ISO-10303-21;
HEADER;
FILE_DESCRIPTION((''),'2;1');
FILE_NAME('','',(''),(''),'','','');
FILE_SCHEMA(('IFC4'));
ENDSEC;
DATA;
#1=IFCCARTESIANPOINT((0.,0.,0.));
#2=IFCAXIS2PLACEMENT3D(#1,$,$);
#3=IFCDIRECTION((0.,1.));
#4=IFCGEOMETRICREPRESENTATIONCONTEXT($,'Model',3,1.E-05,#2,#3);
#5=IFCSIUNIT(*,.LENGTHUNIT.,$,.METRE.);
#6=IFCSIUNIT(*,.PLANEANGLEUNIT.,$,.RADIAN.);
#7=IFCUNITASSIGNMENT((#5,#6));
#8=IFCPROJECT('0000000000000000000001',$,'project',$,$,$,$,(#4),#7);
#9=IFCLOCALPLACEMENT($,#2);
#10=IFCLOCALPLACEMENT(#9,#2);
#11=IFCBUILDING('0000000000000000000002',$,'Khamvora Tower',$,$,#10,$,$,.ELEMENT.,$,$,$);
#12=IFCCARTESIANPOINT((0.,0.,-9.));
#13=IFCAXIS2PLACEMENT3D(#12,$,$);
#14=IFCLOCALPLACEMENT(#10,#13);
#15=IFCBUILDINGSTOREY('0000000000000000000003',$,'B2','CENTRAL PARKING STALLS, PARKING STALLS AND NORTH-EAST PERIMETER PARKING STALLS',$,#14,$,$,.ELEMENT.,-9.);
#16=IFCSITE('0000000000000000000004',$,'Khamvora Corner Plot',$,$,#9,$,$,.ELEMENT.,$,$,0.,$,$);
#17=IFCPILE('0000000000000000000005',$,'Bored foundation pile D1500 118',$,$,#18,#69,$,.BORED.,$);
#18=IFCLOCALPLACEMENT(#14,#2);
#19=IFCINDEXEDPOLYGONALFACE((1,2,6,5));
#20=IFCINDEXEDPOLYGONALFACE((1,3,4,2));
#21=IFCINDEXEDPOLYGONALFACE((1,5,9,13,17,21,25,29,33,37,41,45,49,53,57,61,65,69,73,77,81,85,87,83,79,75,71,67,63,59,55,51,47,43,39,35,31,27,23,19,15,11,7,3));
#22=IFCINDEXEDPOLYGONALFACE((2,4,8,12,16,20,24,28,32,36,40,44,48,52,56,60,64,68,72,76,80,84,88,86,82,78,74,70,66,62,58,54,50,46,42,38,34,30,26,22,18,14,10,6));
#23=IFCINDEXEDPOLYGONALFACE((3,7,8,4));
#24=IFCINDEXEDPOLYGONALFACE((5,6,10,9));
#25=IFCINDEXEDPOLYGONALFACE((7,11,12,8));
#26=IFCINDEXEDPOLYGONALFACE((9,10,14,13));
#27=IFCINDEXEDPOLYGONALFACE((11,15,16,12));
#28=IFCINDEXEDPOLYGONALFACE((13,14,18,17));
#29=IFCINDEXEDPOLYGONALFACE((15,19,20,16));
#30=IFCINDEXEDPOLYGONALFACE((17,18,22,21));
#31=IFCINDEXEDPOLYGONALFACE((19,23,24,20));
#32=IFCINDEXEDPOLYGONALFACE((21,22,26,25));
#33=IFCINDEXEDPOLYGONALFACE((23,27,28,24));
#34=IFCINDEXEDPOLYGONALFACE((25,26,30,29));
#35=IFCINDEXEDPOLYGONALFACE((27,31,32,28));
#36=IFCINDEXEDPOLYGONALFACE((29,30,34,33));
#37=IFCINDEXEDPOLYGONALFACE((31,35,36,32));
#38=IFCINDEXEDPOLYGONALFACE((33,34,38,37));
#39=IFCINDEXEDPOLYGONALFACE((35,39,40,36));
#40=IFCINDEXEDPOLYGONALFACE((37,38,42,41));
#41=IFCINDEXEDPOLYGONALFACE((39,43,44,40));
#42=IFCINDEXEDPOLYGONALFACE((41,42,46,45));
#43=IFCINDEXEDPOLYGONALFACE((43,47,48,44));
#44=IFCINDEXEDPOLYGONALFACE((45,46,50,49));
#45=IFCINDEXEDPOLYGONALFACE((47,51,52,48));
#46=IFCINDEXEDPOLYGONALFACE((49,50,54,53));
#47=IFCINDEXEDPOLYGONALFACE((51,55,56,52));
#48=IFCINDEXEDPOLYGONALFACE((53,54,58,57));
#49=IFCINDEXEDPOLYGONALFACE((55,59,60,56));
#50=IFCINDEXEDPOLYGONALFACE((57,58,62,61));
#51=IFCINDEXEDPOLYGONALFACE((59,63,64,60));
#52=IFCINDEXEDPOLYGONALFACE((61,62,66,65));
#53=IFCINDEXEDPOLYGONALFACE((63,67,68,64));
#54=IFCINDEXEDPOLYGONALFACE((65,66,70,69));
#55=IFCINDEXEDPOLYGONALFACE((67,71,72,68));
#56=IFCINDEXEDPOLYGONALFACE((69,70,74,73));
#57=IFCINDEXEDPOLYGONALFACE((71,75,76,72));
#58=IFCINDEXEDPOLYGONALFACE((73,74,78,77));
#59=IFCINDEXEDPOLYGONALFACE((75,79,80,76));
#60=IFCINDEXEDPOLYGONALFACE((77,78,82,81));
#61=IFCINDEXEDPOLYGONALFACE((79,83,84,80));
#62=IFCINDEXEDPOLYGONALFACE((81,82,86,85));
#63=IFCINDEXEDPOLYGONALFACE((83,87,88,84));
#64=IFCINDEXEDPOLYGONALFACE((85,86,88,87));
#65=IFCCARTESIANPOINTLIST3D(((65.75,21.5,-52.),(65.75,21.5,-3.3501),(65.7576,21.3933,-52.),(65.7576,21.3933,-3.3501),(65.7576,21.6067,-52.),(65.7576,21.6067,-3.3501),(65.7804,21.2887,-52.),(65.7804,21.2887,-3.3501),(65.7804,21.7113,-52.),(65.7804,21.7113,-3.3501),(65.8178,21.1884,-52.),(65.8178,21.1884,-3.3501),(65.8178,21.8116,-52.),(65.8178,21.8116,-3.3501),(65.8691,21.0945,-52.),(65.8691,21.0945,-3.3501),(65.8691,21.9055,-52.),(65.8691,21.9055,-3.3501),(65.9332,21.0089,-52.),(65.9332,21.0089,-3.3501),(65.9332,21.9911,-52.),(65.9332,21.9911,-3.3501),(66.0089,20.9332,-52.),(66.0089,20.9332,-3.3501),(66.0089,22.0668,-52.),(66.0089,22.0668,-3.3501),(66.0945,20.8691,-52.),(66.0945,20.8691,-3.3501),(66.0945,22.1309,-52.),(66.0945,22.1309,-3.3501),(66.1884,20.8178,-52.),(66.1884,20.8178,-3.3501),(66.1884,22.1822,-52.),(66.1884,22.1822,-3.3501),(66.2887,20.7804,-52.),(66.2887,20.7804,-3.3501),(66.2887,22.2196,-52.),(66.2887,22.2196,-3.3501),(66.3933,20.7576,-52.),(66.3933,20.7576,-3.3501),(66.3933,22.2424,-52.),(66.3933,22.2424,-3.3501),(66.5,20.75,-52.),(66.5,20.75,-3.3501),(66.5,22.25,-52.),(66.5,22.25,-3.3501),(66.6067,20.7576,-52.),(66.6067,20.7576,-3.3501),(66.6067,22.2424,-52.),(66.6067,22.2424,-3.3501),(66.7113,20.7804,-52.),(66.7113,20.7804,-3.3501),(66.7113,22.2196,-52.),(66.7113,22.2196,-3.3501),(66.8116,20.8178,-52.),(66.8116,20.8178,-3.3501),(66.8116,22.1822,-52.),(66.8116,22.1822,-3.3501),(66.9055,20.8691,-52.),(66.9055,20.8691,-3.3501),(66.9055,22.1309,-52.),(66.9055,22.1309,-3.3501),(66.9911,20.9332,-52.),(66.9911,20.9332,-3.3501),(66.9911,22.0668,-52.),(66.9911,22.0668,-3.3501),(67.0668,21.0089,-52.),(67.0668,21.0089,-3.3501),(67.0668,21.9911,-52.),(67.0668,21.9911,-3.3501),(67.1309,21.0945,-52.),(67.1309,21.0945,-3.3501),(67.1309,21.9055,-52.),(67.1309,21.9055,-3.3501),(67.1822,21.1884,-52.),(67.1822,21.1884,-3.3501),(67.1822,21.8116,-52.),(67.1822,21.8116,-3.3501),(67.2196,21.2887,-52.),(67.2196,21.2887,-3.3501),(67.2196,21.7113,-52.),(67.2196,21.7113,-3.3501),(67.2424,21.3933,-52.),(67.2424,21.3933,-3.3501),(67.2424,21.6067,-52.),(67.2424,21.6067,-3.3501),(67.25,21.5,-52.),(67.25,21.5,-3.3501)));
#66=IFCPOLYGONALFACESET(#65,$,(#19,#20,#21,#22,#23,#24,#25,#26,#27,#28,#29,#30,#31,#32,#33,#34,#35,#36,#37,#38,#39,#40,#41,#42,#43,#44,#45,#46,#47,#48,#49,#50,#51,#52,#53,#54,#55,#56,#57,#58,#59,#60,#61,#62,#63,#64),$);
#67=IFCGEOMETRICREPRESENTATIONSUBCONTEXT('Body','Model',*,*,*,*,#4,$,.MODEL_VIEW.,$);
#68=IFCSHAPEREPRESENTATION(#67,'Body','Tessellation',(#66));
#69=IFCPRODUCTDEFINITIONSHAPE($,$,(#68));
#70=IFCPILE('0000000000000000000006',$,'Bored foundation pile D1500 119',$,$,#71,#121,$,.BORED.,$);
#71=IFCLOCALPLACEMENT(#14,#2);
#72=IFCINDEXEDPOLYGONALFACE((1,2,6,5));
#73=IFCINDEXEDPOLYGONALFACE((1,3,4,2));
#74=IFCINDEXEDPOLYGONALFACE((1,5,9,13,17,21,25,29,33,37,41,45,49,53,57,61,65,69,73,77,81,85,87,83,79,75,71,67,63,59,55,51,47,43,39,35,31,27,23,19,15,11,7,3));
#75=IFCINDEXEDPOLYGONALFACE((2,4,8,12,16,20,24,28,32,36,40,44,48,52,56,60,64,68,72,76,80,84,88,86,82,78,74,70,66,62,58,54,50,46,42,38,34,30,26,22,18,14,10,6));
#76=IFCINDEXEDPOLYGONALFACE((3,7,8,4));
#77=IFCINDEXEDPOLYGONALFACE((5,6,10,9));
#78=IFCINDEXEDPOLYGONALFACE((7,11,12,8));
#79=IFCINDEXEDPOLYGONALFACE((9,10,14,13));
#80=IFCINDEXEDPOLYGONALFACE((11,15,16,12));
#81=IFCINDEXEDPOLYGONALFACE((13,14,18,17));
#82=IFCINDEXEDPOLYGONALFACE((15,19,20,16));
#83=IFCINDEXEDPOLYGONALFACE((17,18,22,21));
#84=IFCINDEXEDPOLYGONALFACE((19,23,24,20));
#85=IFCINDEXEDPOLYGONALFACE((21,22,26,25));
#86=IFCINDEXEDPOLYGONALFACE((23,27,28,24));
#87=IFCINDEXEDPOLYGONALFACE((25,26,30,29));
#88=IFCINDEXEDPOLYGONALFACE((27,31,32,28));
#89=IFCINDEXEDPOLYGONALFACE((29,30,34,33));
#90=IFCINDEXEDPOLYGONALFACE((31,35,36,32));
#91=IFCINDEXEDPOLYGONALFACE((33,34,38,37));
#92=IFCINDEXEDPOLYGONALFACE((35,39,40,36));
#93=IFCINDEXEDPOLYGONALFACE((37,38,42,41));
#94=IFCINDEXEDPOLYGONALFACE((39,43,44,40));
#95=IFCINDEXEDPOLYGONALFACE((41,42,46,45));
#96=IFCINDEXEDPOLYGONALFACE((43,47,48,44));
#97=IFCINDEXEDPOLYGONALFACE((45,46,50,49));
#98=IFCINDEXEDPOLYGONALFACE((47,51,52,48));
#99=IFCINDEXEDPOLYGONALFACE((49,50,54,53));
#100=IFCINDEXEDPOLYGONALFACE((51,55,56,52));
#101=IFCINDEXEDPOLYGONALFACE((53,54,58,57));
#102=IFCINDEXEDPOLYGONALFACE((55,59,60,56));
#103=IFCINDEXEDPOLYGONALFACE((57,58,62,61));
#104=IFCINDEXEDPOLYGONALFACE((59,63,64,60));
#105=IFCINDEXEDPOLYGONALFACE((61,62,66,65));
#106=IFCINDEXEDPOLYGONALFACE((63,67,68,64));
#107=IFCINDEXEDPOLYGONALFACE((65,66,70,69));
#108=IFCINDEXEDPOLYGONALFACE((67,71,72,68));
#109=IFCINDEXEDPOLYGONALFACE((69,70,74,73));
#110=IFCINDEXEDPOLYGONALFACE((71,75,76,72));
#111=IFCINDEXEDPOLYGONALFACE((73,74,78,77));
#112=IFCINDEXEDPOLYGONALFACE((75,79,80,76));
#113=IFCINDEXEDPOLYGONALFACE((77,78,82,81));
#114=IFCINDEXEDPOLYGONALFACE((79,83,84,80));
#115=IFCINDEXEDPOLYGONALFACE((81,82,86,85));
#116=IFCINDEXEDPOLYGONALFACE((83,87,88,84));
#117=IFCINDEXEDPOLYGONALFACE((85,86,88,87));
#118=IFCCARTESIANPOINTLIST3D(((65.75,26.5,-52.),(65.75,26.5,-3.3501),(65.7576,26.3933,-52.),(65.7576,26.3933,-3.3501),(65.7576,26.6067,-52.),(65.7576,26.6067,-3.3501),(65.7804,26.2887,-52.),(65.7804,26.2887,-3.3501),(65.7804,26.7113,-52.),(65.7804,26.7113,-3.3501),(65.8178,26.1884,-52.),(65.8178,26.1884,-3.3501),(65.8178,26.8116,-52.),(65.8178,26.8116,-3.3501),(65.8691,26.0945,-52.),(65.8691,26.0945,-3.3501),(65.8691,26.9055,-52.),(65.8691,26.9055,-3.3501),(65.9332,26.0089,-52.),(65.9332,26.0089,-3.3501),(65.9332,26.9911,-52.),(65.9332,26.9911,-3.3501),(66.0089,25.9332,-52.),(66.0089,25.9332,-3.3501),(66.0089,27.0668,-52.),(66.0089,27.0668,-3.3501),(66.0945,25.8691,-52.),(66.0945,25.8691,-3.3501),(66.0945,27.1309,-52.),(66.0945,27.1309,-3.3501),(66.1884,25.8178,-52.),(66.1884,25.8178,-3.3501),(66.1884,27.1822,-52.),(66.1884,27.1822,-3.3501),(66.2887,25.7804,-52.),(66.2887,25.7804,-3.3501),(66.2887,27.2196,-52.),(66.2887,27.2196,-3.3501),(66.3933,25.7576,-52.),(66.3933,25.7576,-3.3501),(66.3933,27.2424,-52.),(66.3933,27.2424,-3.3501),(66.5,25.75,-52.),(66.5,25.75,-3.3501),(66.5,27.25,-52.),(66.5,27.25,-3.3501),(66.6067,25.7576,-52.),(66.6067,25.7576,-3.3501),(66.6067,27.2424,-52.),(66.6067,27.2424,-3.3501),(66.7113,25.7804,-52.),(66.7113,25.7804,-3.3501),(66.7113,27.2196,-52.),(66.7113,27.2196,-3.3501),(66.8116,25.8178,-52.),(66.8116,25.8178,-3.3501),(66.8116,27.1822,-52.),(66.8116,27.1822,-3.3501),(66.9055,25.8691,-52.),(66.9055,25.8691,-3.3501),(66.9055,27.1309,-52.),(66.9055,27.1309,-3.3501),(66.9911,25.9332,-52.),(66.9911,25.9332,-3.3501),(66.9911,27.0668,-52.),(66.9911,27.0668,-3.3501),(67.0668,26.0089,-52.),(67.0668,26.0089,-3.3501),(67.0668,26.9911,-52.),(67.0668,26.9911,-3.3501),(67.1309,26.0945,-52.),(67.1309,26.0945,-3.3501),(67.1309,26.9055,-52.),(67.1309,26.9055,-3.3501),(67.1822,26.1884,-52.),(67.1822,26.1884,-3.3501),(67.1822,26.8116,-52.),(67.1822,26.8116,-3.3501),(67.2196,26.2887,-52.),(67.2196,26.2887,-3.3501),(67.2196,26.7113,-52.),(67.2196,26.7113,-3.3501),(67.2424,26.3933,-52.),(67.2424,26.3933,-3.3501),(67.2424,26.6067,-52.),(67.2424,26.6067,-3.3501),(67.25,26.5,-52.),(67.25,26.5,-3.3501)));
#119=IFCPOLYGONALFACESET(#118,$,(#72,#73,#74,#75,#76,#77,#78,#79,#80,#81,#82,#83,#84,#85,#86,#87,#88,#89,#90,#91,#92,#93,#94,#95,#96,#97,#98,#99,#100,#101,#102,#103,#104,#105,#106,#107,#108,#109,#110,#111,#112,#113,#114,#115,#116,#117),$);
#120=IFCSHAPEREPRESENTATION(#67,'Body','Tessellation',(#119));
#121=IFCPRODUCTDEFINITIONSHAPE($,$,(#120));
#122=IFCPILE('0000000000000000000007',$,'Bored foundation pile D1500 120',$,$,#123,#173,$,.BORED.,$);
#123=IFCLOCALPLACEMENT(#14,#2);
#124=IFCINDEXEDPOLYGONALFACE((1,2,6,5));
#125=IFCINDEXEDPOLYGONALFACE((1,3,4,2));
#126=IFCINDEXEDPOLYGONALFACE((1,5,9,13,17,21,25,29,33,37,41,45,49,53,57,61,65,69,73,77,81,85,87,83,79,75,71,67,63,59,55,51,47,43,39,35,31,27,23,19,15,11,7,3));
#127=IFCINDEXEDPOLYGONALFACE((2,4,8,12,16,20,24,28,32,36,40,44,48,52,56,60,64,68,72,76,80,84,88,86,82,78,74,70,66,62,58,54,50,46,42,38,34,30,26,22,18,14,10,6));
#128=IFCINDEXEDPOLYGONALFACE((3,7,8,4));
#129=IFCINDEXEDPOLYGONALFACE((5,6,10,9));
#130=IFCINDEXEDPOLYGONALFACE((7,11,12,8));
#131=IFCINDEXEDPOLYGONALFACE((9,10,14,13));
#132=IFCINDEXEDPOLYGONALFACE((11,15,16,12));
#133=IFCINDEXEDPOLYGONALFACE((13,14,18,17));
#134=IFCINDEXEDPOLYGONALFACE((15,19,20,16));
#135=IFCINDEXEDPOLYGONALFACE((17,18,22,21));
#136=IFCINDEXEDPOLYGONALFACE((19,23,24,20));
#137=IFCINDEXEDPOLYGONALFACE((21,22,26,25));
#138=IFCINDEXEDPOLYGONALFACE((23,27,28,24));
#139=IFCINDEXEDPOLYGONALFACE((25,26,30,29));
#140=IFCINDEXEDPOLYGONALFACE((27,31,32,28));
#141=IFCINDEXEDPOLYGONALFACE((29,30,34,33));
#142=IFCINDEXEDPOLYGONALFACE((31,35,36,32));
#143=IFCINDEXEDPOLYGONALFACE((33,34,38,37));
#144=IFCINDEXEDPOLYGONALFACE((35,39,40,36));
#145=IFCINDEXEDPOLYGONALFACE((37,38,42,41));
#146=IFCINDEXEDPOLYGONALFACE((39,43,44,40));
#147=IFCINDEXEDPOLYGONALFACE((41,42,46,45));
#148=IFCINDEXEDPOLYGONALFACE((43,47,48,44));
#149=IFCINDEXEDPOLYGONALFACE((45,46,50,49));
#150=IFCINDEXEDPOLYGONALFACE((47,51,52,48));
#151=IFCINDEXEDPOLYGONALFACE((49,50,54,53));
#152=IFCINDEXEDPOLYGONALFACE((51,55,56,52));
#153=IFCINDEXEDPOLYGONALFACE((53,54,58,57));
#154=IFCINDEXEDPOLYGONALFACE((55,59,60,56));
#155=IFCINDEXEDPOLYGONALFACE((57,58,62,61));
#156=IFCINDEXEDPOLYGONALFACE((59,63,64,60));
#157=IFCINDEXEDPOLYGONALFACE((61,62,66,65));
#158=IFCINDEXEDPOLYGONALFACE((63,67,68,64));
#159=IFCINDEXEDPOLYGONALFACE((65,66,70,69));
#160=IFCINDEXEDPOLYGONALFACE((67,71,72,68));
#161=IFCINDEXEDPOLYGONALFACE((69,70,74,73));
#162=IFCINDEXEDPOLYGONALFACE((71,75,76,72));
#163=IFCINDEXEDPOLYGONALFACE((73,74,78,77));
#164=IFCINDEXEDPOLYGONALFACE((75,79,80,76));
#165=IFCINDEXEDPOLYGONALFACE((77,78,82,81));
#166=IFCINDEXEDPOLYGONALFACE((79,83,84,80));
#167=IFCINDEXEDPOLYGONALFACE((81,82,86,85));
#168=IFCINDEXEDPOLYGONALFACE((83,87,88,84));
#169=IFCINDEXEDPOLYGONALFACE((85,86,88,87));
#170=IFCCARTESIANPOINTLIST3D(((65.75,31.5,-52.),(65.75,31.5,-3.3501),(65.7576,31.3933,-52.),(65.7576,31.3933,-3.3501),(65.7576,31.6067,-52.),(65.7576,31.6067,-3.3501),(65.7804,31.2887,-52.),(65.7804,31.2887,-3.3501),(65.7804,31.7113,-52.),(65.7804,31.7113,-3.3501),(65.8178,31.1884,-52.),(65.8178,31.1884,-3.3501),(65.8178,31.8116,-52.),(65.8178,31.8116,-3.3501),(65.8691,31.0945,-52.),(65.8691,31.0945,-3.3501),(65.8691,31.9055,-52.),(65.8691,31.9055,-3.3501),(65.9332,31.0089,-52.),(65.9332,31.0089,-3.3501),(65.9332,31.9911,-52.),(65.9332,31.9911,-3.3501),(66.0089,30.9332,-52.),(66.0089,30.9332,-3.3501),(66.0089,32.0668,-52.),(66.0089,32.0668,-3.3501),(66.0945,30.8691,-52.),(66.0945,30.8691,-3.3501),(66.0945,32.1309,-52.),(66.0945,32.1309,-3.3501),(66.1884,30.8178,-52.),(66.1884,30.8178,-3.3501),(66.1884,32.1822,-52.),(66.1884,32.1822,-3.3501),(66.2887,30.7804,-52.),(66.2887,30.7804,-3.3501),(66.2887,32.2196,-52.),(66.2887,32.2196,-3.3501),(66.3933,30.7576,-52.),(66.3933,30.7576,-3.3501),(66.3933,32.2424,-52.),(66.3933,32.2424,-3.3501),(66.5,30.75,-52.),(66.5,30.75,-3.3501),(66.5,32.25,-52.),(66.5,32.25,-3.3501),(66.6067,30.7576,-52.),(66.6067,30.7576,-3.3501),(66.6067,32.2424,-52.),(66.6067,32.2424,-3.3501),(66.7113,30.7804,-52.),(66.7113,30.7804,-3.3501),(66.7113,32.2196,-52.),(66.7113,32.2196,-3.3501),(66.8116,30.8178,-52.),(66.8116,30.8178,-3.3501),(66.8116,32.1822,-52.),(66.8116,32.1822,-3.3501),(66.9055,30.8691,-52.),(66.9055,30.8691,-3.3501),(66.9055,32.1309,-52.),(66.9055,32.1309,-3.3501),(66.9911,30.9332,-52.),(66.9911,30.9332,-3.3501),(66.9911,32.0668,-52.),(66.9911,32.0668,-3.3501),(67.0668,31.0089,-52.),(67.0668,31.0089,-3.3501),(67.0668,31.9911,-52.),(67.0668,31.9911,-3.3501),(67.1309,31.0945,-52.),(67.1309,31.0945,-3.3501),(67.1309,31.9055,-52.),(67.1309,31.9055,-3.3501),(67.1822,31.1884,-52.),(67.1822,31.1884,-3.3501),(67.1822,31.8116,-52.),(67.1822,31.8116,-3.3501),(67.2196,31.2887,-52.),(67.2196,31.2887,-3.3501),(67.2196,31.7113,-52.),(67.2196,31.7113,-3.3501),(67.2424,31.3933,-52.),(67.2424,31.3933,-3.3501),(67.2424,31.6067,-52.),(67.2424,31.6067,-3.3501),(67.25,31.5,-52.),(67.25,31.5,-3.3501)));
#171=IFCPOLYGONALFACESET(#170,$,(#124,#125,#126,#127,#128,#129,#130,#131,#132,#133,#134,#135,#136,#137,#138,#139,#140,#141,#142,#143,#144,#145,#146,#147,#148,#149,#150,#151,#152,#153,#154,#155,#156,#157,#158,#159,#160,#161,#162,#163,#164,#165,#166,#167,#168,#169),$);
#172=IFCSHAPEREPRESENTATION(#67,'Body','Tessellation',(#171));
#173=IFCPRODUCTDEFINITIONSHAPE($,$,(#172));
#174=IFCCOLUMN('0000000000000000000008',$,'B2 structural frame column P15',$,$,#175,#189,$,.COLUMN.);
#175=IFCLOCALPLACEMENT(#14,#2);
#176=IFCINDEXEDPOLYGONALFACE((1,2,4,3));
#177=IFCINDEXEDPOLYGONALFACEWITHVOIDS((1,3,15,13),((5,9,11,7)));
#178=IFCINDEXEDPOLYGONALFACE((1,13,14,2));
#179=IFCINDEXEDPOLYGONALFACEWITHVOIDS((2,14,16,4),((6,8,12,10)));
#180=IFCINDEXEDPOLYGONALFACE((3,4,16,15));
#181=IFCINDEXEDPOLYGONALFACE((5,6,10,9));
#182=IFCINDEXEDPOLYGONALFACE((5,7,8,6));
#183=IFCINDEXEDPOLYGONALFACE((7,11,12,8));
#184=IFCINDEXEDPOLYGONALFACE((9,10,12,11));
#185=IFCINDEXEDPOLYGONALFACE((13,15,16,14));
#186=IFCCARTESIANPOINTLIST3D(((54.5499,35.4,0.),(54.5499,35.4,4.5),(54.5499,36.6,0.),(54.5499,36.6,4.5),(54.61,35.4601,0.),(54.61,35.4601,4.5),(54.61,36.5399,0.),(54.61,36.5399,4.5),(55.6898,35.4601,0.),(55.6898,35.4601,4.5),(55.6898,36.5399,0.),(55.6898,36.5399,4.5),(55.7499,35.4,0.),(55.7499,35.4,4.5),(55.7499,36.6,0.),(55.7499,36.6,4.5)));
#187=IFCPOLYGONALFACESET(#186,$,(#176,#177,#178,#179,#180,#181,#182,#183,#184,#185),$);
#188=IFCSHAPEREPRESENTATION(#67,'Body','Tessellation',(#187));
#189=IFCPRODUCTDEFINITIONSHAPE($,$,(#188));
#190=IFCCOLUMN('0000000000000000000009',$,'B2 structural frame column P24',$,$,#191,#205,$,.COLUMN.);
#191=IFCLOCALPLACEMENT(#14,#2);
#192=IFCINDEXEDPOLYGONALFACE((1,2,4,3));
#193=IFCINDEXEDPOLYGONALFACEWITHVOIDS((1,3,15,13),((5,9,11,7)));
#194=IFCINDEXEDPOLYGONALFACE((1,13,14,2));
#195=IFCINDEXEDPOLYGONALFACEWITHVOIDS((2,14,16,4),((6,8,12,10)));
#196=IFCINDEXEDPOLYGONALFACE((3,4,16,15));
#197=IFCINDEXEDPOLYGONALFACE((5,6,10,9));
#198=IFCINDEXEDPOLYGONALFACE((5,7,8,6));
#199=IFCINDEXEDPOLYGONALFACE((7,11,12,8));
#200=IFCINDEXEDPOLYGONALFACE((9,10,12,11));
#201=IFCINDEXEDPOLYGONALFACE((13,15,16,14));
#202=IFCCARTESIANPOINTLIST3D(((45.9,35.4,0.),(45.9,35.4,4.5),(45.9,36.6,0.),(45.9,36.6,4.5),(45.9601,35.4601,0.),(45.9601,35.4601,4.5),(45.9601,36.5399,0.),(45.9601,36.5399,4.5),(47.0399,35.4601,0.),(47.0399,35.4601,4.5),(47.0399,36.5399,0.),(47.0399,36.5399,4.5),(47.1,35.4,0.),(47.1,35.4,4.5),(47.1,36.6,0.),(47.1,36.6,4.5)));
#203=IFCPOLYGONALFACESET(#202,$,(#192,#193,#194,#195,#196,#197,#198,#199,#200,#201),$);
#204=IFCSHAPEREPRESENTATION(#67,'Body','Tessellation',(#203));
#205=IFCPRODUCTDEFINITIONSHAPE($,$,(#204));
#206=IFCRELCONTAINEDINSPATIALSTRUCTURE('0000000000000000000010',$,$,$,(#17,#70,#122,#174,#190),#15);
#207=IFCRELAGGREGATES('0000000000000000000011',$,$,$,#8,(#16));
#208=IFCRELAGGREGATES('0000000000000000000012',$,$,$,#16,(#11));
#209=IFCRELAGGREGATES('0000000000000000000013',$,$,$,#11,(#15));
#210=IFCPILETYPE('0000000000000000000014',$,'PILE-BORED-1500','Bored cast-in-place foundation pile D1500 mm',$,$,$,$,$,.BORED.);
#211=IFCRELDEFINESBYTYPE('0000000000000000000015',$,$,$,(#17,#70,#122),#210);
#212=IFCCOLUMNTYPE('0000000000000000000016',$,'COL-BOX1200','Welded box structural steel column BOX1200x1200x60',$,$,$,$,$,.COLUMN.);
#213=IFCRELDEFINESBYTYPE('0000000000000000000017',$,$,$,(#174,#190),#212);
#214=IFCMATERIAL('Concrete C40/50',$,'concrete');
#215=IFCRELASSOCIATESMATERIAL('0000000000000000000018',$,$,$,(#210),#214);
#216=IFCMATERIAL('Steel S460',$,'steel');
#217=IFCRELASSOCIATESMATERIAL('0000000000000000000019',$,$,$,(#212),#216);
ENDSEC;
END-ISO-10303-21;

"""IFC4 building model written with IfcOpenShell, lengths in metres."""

from ifc_helpers import new_model, si_unit, direction, frame, origin, origin_2d, place, context, subcontext, project, spatial, hollow_rectangle, circle, extrude, material, material_profile, profile_set, type_object, element, save


model = new_model("IFC4")

# Units and contexts
model_context = context("Model", 3, precision=1e-05, world=origin(), true_north=direction((0.0, 1.0)))
body_context = subcontext(model_context, "Body", "Model", "MODEL_VIEW")
ifc_project = project(units=[si_unit("LENGTHUNIT", "METRE"), si_unit("PLANEANGLEUNIT", "RADIAN")], contexts=[model_context])

# Site, building, storey
site_placement = place(None, origin())
site = spatial("IfcSite", under=ifc_project, at=site_placement, Name="Khamvora Corner Plot", CompositionType="ELEMENT", RefElevation=0.0)
building_placement = place(site_placement, origin())
building = spatial("IfcBuilding", under=site, at=building_placement, Name="Khamvora Tower", CompositionType="ELEMENT")
storey_placement = place(building_placement, frame((0.0, 0.0, -9.0)))
storey = spatial("IfcBuildingStorey", under=building, at=storey_placement, Name="B2", Description="CENTRAL PARKING STALLS, PARKING STALLS AND NORTH-EAST PERIMETER PARKING STALLS", CompositionType="ELEMENT", Elevation=-9.0)

# Piles
ifc_material_1 = material(Name="Concrete C40/50", Category="concrete")
ifc_material_profile_1 = material_profile(ifc_material_1, circle(Radius=0.75, at=origin_2d()), Name="PILE_D1500")
ifc_profile_set_1 = profile_set([ifc_material_profile_1], Name="Concrete C40/50")
pile_type = type_object("IfcPileType", Name="PILE-BORED-1500", Description="Bored cast-in-place foundation pile D1500 mm", PredefinedType="BORED", material=ifc_profile_set_1)
for number, where, z_axis, x_axis, name in (
    (1, (66.5, 21.5, -3.3501), (0.0, 0.0, -1.0), (1.0, 0.0, 0.0), "Bored foundation pile D1500 118"),
    (2, (66.5, 26.5, -3.3501), (0.0, 0.0, -1.0), (1.0, 0.0, 0.0), "Bored foundation pile D1500 119"),
    (3, (66.5, 31.5, -3.3501), (0.0, 0.0, -1.0), (1.0, 0.0, 0.0), "Bored foundation pile D1500 120"),
):
    element("IfcPile", number, at=place(storey_placement, frame(where, z_axis=z_axis, x_axis=x_axis)), inside=storey, type_object=pile_type, Name=name, PredefinedType="BORED", context=body_context, shape_type="SweptSolid", body=[
        extrude(circle(Radius=0.75, at=origin_2d()), origin(), (0.0, 0.0, 1.0), 48.6499),
    ])

# Columns
ifc_material_2 = material(Name="Steel S460", Category="steel")
ifc_material_profile_2 = material_profile(ifc_material_2, hollow_rectangle(XDim=1.2, YDim=1.2, WallThickness=0.0601, at=origin_2d()), Name="BOX1200x1200x60")
ifc_profile_set_2 = profile_set([ifc_material_profile_2], Name="Steel S460")
column_type = type_object("IfcColumnType", Name="COL-BOX1200", Description="Welded box structural steel column BOX1200x1200x60", PredefinedType="COLUMN", material=ifc_profile_set_2)
for number, where, z_axis, x_axis, name in (
    (4, (55.1499, 36.0, 0.0), (0.0, 0.0, 1.0), (1.0, 0.0, 0.0), "B2 structural frame column P15"),
    (5, (46.5, 36.0, 0.0), (0.0, 0.0, 1.0), (1.0, 0.0, 0.0), "B2 structural frame column P24"),
):
    element("IfcColumn", number, at=place(storey_placement, frame(where, z_axis=z_axis, x_axis=x_axis)), inside=storey, type_object=column_type, Name=name, PredefinedType="COLUMN", context=body_context, shape_type="SweptSolid", body=[
        extrude(hollow_rectangle(XDim=1.2, YDim=1.2, WallThickness=0.0601, at=origin_2d()), origin(), (0.0, 0.0, 1.0), 4.5),
    ])

save(model, "model.ifc")
